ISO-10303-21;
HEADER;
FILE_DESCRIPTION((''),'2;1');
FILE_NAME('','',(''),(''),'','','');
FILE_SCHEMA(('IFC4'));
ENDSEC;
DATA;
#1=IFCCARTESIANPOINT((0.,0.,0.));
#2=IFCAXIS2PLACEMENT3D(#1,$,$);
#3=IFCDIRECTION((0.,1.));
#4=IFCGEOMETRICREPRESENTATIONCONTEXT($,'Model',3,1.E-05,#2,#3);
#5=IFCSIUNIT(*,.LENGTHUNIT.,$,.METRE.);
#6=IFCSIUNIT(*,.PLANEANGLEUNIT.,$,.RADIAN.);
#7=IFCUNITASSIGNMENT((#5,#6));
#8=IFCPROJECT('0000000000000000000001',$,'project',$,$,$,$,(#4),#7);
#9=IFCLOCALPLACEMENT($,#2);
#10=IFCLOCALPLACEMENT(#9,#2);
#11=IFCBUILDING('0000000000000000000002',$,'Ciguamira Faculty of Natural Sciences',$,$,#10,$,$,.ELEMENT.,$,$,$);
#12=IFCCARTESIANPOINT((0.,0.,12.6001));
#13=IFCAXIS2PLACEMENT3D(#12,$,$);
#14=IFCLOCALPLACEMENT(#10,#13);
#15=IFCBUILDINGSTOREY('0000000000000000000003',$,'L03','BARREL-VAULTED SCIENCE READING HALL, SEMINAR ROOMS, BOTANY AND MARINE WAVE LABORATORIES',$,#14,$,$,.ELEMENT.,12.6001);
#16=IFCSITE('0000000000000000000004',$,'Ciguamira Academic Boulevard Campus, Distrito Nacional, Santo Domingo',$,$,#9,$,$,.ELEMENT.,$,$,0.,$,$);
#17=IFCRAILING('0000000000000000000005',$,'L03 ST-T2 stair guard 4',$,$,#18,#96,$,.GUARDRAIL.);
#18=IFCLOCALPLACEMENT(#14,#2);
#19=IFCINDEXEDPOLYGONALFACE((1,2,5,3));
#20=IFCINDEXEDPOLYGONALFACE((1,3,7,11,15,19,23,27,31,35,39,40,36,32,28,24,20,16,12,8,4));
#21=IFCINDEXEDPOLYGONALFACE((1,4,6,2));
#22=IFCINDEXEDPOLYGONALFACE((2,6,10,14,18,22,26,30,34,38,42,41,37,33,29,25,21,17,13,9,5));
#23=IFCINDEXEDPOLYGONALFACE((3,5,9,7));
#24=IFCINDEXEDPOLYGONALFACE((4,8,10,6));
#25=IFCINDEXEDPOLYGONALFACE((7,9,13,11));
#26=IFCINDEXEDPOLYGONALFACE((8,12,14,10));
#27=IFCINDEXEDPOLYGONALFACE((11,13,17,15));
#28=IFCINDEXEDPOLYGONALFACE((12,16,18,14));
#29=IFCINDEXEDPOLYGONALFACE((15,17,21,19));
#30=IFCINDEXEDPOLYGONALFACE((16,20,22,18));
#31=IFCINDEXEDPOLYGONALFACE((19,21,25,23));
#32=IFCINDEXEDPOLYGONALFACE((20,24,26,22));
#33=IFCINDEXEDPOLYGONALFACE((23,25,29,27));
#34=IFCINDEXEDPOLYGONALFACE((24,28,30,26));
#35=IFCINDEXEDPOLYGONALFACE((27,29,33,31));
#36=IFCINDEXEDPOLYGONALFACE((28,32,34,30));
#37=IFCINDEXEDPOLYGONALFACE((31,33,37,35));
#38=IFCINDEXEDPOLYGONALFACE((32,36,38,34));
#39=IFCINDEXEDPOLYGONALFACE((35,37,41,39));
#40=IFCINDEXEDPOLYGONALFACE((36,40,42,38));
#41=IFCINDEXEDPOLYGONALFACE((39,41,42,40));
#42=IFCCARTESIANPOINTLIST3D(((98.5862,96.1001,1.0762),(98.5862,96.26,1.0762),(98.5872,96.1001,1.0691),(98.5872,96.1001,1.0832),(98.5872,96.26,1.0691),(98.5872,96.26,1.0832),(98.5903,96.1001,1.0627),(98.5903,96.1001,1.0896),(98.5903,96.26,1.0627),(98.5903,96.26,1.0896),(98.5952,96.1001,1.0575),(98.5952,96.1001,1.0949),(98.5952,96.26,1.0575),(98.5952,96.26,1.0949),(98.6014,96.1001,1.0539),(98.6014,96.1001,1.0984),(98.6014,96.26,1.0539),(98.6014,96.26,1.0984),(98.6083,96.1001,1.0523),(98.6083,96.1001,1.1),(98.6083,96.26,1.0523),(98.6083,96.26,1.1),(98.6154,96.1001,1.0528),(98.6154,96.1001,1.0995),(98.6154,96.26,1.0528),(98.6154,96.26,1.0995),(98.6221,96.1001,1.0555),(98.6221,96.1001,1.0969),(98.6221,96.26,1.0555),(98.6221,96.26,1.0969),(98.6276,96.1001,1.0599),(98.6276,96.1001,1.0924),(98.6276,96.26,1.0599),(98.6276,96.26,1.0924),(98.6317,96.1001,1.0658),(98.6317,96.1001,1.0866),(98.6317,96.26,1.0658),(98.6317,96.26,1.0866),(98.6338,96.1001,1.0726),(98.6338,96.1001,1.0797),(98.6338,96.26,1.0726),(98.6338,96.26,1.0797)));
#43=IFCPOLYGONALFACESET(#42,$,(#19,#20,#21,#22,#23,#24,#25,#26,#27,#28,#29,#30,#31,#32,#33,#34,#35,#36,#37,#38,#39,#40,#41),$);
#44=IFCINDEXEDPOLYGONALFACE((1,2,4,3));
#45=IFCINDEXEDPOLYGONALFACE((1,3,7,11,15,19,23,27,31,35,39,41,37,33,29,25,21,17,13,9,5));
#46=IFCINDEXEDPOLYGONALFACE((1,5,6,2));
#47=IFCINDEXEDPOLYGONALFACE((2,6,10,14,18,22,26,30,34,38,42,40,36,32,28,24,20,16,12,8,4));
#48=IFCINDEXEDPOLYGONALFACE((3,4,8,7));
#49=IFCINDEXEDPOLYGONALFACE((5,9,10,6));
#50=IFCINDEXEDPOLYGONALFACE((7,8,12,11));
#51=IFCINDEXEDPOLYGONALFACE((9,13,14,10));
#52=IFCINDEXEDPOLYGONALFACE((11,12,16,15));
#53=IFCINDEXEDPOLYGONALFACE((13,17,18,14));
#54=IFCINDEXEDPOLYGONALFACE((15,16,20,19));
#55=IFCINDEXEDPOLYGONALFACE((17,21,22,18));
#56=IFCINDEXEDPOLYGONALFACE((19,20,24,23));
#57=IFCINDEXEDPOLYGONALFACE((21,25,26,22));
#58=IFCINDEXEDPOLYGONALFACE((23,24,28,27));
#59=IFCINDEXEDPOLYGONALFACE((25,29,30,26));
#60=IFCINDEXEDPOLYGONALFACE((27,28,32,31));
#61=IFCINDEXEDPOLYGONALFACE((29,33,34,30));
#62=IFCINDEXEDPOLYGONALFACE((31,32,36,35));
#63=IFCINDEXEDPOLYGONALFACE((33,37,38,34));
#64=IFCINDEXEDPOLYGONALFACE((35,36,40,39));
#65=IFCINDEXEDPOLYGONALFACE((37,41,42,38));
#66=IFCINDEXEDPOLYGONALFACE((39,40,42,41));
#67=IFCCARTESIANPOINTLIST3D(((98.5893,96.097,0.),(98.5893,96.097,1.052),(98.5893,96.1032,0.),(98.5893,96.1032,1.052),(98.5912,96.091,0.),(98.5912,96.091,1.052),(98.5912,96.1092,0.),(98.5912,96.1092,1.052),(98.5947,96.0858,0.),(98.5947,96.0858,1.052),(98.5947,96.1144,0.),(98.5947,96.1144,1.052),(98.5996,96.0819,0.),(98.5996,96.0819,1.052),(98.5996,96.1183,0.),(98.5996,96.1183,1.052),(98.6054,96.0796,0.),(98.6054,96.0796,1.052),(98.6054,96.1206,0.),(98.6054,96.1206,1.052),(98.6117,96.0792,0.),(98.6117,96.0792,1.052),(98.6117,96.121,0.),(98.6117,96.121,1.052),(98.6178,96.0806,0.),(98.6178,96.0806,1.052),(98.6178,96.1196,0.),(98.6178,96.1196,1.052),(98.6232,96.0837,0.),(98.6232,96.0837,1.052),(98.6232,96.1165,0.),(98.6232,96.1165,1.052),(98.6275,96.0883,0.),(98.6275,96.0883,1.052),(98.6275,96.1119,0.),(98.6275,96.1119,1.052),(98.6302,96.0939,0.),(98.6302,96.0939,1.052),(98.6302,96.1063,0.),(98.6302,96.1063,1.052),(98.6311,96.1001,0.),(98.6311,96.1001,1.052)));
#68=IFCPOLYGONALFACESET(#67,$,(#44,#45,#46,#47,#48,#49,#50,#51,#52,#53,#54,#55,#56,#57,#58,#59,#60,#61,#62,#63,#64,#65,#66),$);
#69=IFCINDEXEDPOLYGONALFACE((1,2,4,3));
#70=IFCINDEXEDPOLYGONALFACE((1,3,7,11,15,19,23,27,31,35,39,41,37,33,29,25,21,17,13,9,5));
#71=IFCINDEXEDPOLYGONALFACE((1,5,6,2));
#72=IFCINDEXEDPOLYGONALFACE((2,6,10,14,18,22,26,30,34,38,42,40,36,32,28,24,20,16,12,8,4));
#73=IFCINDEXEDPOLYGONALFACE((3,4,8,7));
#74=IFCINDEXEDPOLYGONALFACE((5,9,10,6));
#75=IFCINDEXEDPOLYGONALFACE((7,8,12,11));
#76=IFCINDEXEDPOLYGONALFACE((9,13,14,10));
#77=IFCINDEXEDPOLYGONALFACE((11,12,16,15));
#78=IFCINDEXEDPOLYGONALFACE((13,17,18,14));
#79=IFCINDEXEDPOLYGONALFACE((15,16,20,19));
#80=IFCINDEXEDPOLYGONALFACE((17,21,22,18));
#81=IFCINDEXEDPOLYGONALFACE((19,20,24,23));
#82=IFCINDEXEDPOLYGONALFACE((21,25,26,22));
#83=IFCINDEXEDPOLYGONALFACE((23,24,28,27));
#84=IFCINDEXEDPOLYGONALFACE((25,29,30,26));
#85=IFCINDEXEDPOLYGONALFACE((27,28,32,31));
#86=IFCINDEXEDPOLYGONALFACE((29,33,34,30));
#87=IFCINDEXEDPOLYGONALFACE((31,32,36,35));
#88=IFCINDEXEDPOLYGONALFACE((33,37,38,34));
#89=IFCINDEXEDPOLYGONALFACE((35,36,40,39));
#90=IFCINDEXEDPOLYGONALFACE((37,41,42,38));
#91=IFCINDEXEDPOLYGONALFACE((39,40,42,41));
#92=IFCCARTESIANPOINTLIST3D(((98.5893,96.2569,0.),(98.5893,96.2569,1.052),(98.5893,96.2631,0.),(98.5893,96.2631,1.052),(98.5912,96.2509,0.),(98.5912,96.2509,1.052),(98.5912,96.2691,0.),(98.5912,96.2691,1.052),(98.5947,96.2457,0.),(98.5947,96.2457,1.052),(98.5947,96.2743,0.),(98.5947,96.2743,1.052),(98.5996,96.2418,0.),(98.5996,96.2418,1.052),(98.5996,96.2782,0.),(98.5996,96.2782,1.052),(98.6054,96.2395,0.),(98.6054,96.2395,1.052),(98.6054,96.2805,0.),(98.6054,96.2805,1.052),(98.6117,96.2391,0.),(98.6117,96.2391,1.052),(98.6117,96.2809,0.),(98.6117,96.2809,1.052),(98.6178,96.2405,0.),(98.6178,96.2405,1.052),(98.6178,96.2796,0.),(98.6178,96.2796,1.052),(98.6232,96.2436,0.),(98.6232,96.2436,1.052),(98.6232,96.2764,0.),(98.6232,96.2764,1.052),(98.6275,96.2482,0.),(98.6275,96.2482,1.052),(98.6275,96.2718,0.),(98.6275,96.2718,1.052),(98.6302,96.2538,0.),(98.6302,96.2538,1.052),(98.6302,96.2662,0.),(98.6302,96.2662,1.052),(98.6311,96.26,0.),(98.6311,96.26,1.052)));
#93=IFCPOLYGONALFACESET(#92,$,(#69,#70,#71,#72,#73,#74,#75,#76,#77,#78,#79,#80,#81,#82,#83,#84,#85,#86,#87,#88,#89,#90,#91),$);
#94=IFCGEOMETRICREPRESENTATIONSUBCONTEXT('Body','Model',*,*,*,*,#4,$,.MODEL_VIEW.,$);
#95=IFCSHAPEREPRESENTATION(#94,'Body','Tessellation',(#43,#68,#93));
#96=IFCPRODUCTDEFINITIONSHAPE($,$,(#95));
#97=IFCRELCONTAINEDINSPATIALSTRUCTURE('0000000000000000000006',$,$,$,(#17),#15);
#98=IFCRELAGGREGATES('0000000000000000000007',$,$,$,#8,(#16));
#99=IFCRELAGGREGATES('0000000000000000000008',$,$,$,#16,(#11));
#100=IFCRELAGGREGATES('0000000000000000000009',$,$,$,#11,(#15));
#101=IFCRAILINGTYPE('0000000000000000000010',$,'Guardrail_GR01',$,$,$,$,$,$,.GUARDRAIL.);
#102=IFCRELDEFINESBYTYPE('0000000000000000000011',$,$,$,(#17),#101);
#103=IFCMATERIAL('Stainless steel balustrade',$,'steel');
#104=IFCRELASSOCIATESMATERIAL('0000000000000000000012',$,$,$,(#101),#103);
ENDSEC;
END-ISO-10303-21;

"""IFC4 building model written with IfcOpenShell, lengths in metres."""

from ifc_helpers import new_model, si_unit, direction, frame, origin, origin_2d, place, context, subcontext, project, spatial, circle, extrude, material, type_object, element, save


model = new_model("IFC4")

# Units and contexts
model_context = context("Model", 3, precision=1e-05, world=origin(), true_north=direction((0.0, 1.0)))
body_context = subcontext(model_context, "Body", "Model", "MODEL_VIEW")
ifc_project = project(units=[si_unit("LENGTHUNIT", "METRE"), si_unit("PLANEANGLEUNIT", "RADIAN")], contexts=[model_context])

# Site, building, storey
site_placement = place(None, origin())
site = spatial("IfcSite", under=ifc_project, at=site_placement, Name="Ciguamira Academic Boulevard Campus, Distrito Nacional, Santo Domingo", CompositionType="ELEMENT", RefElevation=0.0)
building_placement = place(site_placement, origin())
building = spatial("IfcBuilding", under=site, at=building_placement, Name="Ciguamira Faculty of Natural Sciences", CompositionType="ELEMENT")
storey_placement = place(building_placement, frame((0.0, 0.0, 12.6001)))
storey = spatial("IfcBuildingStorey", under=building, at=storey_placement, Name="L03", Description="BARREL-VAULTED SCIENCE READING HALL, SEMINAR ROOMS, BOTANY AND MARINE WAVE LABORATORIES", CompositionType="ELEMENT", Elevation=12.6001)

# Railing
ifc_material_1 = material(Name="Stainless steel balustrade", Category="steel")
railing_type_1 = type_object("IfcRailingType", Name="Guardrail_GR01", PredefinedType="GUARDRAIL", material=ifc_material_1)
railing_1_placement = place(storey_placement, frame((98.6101, 96.1001, 0.0)))
element("IfcRailing", 1, at=railing_1_placement, inside=storey, type_object=railing_type_1, Name="L03 ST-T2 stair guard 4", PredefinedType="GUARDRAIL", context=body_context, shape_type="SweptSolid", body=[
    extrude(circle(Radius=0.0239, at=origin_2d()), frame((0.0, 0.0, 1.0762), z_axis=(0.0, 1.0, 0.0), x_axis=(-1.0, 0.0, 0.0)), (0.0, 0.0, 1.0), 0.1599),
    extrude(circle(Radius=0.021, at=origin_2d()), origin(), (0.0, 0.0, 1.0), 1.052),
    extrude(circle(Radius=0.021, at=origin_2d()), frame((0.0, 0.1599, 0.0)), (0.0, 0.0, 1.0), 1.052),
])

save(model, "model.ifc")
